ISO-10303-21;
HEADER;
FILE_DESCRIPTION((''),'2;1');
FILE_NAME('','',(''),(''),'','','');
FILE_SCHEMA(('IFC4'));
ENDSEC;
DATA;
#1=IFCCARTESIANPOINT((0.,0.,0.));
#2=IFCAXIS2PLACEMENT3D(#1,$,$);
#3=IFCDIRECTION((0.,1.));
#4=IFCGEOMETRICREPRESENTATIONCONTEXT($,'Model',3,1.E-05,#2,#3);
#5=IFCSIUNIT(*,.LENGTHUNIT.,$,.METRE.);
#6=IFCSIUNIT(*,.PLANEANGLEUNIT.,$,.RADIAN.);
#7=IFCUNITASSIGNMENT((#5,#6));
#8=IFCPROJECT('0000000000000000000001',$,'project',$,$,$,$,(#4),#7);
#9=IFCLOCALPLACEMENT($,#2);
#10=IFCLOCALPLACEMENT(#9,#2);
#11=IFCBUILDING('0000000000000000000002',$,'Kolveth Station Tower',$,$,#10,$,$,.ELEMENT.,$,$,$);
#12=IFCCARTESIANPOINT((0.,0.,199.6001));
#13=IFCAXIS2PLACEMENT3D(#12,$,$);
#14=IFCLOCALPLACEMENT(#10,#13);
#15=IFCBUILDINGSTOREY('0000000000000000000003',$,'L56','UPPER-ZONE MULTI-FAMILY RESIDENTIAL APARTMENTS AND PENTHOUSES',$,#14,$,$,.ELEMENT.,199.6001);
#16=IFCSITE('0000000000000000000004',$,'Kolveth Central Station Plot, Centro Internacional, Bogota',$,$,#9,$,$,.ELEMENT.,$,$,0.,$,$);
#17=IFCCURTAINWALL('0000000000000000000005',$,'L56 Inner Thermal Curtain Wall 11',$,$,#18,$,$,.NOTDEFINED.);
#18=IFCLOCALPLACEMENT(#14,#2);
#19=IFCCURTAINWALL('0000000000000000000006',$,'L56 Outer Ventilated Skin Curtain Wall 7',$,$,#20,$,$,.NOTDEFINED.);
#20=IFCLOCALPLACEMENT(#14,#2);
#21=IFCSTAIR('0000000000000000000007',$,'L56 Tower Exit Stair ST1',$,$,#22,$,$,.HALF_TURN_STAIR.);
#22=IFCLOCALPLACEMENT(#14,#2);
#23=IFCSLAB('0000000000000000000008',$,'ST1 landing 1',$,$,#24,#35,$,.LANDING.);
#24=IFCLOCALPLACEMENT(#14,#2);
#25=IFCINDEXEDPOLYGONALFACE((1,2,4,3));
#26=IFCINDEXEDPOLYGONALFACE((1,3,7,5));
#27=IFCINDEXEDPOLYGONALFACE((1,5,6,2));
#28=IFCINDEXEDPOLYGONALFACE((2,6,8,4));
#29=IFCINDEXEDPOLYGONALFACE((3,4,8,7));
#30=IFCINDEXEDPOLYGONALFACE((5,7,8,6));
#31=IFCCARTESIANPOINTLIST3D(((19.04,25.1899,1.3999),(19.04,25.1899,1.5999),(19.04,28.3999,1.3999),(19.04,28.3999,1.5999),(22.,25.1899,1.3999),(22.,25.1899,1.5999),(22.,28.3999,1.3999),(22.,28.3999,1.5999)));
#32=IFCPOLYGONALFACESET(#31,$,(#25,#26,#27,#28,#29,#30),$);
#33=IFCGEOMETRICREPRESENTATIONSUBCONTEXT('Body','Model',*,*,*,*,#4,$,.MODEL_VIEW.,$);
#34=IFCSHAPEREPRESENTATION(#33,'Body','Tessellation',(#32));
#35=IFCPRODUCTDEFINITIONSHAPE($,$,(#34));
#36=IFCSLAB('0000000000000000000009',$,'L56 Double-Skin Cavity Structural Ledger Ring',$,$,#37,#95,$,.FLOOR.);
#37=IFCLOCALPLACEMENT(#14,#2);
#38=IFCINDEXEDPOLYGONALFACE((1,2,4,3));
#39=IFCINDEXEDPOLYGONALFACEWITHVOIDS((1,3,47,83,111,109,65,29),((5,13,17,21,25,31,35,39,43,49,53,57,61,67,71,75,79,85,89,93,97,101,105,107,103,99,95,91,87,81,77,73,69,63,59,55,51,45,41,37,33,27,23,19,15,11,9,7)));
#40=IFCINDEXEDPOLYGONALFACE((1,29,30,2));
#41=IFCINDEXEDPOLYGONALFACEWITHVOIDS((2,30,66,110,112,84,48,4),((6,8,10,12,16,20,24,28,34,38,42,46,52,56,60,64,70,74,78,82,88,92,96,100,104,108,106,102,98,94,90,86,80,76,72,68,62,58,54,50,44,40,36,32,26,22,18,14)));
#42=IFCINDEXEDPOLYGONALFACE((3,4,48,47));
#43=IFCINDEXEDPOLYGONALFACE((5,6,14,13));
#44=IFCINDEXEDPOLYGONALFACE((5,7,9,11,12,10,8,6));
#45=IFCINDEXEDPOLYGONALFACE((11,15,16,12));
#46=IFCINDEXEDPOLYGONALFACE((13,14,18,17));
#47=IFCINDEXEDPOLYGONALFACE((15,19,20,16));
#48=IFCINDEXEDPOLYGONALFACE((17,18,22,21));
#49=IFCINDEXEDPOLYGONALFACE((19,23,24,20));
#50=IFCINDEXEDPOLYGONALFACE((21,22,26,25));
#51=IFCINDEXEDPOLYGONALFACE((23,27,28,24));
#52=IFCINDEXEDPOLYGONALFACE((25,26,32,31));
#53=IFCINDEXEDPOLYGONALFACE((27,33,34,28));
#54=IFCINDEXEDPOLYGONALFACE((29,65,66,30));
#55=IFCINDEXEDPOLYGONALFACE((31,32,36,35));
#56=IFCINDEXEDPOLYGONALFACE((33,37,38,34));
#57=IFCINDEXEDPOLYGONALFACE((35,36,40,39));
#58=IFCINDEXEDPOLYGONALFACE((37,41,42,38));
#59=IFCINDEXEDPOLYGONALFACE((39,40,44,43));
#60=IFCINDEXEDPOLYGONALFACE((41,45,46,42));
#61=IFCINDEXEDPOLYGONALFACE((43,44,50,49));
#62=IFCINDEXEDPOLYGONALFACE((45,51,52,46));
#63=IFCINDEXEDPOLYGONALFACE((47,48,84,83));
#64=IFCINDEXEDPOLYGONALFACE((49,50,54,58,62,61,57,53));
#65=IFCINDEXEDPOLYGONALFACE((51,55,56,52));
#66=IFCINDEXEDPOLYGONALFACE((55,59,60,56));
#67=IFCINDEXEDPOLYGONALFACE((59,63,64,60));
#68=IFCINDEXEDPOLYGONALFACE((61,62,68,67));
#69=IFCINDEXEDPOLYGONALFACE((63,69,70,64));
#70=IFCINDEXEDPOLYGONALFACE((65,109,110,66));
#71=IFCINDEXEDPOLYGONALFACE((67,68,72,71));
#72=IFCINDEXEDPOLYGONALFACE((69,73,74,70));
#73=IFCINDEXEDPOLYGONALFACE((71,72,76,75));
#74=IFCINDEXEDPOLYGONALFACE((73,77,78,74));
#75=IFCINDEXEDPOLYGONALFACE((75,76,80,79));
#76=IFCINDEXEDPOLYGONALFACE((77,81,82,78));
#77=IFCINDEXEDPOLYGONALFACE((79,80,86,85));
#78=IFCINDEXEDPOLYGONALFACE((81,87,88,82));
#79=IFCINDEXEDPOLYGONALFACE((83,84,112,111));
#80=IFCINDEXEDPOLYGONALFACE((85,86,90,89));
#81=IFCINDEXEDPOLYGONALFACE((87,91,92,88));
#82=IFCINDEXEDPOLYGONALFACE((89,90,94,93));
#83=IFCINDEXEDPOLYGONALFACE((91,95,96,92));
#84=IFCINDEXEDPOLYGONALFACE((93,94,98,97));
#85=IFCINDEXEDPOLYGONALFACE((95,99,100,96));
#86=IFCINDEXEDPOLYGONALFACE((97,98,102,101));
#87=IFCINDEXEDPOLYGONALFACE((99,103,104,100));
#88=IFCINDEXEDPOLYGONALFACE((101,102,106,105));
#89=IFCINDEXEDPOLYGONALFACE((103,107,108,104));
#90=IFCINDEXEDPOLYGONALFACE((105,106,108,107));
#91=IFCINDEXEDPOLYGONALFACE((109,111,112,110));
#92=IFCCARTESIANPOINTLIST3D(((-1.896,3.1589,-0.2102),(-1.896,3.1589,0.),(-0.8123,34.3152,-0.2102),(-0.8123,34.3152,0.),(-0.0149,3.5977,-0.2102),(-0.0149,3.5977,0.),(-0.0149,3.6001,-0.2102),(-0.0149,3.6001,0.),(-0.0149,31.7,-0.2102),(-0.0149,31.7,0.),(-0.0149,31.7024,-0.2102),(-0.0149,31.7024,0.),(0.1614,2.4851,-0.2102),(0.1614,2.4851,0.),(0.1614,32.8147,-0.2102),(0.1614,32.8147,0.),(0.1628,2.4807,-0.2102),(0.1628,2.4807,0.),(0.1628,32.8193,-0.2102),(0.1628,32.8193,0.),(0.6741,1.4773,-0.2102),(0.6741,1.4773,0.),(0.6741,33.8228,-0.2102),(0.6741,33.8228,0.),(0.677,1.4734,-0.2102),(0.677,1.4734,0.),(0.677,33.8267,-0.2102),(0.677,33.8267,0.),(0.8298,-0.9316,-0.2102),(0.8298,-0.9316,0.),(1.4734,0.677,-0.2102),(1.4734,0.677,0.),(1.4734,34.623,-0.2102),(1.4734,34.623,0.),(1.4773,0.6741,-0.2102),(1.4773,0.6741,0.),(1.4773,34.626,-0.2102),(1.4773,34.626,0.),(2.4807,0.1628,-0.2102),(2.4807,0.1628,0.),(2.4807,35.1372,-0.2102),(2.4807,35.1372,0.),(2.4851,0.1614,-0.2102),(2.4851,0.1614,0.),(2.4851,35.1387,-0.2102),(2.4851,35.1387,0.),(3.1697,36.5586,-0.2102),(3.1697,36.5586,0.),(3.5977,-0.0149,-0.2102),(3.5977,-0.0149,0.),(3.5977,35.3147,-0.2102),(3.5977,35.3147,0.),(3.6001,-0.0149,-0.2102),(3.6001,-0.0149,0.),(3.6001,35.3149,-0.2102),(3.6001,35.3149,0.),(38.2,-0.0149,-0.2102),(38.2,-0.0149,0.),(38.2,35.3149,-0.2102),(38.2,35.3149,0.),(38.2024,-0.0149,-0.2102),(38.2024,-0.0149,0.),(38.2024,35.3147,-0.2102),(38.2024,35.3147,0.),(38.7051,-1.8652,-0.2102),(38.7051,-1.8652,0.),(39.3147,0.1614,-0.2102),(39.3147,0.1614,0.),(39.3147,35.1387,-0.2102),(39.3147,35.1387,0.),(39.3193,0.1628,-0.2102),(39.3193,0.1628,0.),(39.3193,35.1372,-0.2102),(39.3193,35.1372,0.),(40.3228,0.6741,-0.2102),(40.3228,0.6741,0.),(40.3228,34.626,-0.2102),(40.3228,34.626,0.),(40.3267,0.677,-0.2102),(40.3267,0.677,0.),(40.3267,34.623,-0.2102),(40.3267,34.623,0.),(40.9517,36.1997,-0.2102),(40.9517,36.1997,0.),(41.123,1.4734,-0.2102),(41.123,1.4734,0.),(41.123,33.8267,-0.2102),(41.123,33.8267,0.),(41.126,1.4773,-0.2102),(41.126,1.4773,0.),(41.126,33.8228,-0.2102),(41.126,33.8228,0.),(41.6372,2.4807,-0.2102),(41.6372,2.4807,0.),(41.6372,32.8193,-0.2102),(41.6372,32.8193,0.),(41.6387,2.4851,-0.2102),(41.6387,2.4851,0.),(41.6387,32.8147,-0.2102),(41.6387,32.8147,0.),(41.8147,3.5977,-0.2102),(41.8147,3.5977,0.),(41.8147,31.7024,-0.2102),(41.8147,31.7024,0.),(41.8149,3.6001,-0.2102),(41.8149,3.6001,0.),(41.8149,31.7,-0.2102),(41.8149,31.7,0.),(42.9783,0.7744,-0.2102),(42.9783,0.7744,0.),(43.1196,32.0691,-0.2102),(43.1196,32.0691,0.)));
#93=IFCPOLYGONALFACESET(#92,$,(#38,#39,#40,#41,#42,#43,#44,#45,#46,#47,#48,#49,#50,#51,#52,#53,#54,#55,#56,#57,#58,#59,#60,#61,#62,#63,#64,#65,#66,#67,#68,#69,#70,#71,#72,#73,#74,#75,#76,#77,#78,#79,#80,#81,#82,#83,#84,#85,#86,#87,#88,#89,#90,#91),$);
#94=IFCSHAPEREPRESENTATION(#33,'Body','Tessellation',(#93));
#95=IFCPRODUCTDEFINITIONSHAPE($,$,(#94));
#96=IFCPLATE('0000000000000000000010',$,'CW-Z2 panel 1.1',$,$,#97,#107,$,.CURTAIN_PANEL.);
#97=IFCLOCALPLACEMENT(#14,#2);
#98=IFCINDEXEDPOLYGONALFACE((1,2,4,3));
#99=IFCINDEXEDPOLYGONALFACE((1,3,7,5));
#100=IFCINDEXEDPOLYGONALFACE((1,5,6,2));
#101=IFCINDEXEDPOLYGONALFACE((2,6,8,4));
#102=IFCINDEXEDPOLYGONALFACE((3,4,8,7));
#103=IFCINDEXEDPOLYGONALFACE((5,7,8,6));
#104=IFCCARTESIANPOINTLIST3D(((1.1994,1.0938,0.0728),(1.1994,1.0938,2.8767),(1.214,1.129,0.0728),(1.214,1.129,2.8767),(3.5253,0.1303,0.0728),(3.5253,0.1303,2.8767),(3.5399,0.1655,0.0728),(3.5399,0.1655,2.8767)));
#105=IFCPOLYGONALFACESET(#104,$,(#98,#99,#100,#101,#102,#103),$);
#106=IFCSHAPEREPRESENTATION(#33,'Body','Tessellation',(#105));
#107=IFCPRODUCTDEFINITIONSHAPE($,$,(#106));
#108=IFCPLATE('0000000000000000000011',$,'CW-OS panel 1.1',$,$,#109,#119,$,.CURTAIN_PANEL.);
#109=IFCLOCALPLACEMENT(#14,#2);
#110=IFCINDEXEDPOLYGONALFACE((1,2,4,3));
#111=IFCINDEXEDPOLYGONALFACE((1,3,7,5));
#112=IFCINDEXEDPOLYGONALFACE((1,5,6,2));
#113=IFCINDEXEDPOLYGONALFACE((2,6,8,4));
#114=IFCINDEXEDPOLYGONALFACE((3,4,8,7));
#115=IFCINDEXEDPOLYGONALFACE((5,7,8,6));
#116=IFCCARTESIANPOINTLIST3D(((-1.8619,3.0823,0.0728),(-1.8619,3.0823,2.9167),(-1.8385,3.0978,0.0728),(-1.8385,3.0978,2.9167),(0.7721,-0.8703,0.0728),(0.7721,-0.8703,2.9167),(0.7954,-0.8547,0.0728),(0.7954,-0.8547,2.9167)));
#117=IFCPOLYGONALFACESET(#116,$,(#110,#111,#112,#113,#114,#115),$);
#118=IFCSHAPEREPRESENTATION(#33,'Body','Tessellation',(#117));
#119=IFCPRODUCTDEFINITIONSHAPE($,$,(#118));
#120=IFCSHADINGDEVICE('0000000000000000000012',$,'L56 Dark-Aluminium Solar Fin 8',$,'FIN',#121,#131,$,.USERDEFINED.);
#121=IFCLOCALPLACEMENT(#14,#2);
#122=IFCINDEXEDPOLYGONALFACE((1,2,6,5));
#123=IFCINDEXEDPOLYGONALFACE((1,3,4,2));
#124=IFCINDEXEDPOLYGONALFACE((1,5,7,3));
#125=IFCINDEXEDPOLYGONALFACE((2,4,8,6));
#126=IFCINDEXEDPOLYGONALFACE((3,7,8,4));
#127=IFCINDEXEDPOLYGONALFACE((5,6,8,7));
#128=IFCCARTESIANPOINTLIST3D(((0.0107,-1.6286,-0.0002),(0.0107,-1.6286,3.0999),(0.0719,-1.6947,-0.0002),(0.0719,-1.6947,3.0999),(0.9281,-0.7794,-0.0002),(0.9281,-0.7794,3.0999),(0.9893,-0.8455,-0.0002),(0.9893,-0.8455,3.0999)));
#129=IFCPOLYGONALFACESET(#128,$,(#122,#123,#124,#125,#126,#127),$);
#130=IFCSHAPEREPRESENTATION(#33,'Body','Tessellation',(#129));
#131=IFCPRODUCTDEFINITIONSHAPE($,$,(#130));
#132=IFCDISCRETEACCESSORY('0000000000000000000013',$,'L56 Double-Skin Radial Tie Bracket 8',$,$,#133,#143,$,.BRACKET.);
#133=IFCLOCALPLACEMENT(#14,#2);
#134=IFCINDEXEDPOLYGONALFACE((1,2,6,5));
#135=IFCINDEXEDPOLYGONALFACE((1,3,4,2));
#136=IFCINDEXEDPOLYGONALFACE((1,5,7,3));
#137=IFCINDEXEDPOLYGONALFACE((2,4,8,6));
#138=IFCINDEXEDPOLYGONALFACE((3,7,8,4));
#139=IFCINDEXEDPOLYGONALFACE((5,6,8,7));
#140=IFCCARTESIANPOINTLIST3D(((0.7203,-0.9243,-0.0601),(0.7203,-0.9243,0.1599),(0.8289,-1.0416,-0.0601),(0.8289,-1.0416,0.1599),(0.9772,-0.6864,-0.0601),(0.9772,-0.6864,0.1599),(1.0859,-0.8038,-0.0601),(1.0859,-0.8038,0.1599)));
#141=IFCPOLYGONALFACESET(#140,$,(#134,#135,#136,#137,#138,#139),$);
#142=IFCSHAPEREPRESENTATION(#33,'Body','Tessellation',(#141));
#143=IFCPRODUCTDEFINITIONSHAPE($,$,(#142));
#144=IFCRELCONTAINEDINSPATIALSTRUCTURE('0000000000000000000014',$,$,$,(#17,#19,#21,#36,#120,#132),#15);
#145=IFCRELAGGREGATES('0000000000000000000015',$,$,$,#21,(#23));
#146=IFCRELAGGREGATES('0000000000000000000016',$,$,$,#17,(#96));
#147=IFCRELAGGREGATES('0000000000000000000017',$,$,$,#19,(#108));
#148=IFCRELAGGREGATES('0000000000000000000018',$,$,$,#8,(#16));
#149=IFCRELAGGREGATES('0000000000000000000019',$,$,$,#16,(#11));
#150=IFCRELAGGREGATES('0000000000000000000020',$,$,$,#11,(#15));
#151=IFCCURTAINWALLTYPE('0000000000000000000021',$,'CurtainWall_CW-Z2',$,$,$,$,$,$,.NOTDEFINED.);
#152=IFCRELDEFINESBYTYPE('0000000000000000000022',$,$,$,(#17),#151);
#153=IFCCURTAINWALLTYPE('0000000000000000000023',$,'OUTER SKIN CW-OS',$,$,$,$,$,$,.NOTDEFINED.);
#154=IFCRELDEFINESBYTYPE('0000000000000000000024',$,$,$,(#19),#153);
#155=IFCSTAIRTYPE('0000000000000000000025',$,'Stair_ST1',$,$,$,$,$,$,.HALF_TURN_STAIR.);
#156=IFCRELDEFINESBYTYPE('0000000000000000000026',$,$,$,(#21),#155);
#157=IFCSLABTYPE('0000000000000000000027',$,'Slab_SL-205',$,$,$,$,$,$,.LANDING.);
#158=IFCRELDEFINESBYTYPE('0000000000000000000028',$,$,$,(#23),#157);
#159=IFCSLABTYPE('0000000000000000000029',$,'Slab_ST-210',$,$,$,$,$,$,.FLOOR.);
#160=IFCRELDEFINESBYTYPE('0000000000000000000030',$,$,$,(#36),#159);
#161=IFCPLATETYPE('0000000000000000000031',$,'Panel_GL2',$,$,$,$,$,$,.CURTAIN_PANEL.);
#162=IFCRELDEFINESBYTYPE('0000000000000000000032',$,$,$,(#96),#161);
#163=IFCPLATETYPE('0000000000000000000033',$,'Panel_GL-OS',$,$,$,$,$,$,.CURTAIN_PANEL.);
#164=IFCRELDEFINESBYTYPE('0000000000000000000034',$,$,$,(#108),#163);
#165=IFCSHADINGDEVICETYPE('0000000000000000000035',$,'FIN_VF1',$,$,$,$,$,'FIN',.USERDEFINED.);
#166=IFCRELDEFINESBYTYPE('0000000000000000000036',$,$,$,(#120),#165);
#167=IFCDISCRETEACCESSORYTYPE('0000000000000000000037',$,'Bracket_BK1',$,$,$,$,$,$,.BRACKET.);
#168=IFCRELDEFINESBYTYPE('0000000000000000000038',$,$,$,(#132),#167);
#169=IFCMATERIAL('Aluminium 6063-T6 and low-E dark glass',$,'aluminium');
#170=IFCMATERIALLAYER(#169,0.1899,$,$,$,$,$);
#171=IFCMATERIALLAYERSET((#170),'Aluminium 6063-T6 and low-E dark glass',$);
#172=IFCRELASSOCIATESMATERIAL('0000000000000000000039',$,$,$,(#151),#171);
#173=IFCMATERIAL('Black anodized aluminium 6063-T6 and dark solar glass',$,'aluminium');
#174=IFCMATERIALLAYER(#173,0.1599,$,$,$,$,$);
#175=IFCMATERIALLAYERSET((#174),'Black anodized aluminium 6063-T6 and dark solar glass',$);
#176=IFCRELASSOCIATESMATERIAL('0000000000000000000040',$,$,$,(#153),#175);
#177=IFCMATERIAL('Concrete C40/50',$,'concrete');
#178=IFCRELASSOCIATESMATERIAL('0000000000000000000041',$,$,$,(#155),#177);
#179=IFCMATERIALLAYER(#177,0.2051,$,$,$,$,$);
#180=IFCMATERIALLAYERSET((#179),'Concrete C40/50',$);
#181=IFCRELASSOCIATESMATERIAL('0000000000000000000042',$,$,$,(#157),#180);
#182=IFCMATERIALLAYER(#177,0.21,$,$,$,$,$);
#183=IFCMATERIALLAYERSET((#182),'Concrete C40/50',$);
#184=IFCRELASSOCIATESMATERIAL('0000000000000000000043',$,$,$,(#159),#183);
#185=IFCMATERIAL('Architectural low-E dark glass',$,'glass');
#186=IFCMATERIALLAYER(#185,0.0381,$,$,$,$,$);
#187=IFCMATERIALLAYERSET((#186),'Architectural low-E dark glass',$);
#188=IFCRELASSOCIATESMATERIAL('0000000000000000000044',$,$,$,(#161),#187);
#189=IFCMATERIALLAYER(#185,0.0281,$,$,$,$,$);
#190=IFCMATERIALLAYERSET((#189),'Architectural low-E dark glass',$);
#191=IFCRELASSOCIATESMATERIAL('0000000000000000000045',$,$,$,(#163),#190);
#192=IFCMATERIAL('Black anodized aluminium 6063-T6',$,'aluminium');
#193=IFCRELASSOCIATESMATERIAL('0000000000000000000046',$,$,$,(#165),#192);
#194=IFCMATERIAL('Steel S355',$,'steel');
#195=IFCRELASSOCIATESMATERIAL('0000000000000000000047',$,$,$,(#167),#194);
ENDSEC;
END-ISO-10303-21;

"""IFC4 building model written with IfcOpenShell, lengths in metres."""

from ifc_helpers import new_model, si_unit, direction, frame, origin, origin_2d, place, context, subcontext, project, spatial, polyline, rectangle, outline, extrude, source, transform, mapped, material, layer, layer_set, type_object, element, aggregate, save


model = new_model("IFC4")

# Units and contexts
model_context = context("Model", 3, precision=1e-05, world=origin(), true_north=direction((0.0, 1.0)))
body_context = subcontext(model_context, "Body", "Model", "MODEL_VIEW")
ifc_project = project(units=[si_unit("LENGTHUNIT", "METRE"), si_unit("PLANEANGLEUNIT", "RADIAN")], contexts=[model_context])

# Site, building, storey
site_placement = place(None, origin())
site = spatial("IfcSite", under=ifc_project, at=site_placement, Name="Kolveth Central Station Plot, Centro Internacional, Bogota", CompositionType="ELEMENT", RefElevation=0.0)
building_placement = place(site_placement, origin())
building = spatial("IfcBuilding", under=site, at=building_placement, Name="Kolveth Station Tower", CompositionType="ELEMENT")
storey_placement = place(building_placement, frame((0.0, 0.0, 199.6001)))
storey = spatial("IfcBuildingStorey", under=building, at=storey_placement, Name="L56", Description="UPPER-ZONE MULTI-FAMILY RESIDENTIAL APARTMENTS AND PENTHOUSES", CompositionType="ELEMENT", Elevation=199.6001)

# Shared definitions
ifc_material_1 = material(Name="Steel S355", Category="steel")

# Shared definitions
ifc_material_2 = material(Name="Aluminium 6063-T6 and low-E dark glass", Category="aluminium")
ifc_layer_1 = layer(ifc_material_2, 0.1899)
ifc_layer_set_1 = layer_set([ifc_layer_1], Name="Aluminium 6063-T6 and low-E dark glass")
curtain_wall_type_1 = type_object("IfcCurtainWallType", Name="CurtainWall_CW-Z2", PredefinedType="NOTDEFINED", material=ifc_layer_set_1)
ifc_material_3 = material(Name="Black anodized aluminium 6063-T6", Category="aluminium")

# Curtain wall
curtain_wall_1_placement = place(storey_placement, origin())
curtain_wall_1 = element("IfcCurtainWall", 1, at=curtain_wall_1_placement, inside=storey, type_object=curtain_wall_type_1, Name="L56 Inner Thermal Curtain Wall 11", PredefinedType="NOTDEFINED")

# Curtain wall
ifc_material_4 = material(Name="Black anodized aluminium 6063-T6 and dark solar glass", Category="aluminium")
ifc_layer_2 = layer(ifc_material_4, 0.1599)
ifc_layer_set_2 = layer_set([ifc_layer_2], Name="Black anodized aluminium 6063-T6 and dark solar glass")
curtain_wall_type_2 = type_object("IfcCurtainWallType", Name="OUTER SKIN CW-OS", PredefinedType="NOTDEFINED", material=ifc_layer_set_2)
curtain_wall_2_placement = place(storey_placement, origin())
curtain_wall_2 = element("IfcCurtainWall", 2, at=curtain_wall_2_placement, inside=storey, type_object=curtain_wall_type_2, Name="L56 Outer Ventilated Skin Curtain Wall 7", PredefinedType="NOTDEFINED")

# Shared definitions
ifc_material_5 = material(Name="Concrete C40/50", Category="concrete")

# Stair, slab
stair_type_1 = type_object("IfcStairType", Name="Stair_ST1", PredefinedType="HALF_TURN_STAIR", material=ifc_material_5)
stair_1_placement = place(storey_placement, origin())
stair_1 = element("IfcStair", 3, at=stair_1_placement, inside=storey, type_object=stair_type_1, Name="L56 Tower Exit Stair ST1", PredefinedType="HALF_TURN_STAIR")
ifc_layer_3 = layer(ifc_material_5, 0.2051)
ifc_layer_set_3 = layer_set([ifc_layer_3], Name="Concrete C40/50")
slab_type_1 = type_object("IfcSlabType", Name="Slab_SL-205", PredefinedType="LANDING", material=ifc_layer_set_3)
slab_1_placement = place(storey_placement, frame((0.0, 0.0, 1.3999)))
slab_1 = element("IfcSlab", 4, at=slab_1_placement, type_object=slab_type_1, Name="ST1 landing 1", PredefinedType="LANDING", context=body_context, shape_type="SweptSolid", body=[
    extrude(outline(polyline([(22.0, 25.1899), (22.0, 28.3999), (19.04, 28.3999), (19.04, 25.1899), (22.0, 25.1899)])), origin(), (0.0, 0.0, 1.0), 0.2),
])
aggregate(stair_1, [slab_1])

# Slab
ifc_layer_4 = layer(ifc_material_5, 0.21)
ifc_layer_set_4 = layer_set([ifc_layer_4], Name="Concrete C40/50")
slab_type_2 = type_object("IfcSlabType", Name="Slab_ST-210", PredefinedType="FLOOR", material=ifc_layer_set_4)
slab_2_placement = place(storey_placement, frame((0.0, 0.0, -0.2102)))
element("IfcSlab", 5, at=slab_2_placement, inside=storey, type_object=slab_type_2, Name="L56 Double-Skin Cavity Structural Ledger Ring", PredefinedType="FLOOR", context=body_context, shape_type="SweptSolid", body=[
    extrude(outline(polyline([(0.8298, -0.9316), (-1.896, 3.1589), (-0.8123, 34.3152), (3.1697, 36.5586), (40.9517, 36.1997), (43.1196, 32.0691), (42.9783, 0.7744), (38.7051, -1.8652), (0.8298, -0.9316)]), holes=[polyline([(38.2024, -0.0149), (39.3147, 0.1614), (39.3193, 0.1628), (40.3228, 0.6741), (40.3267, 0.677), (41.123, 1.4734), (41.126, 1.4773), (41.6372, 2.4807), (41.6387, 2.4851), (41.8147, 3.5977), (41.8149, 3.6001), (41.8149, 31.7), (41.8147, 31.7024), (41.6387, 32.8147), (41.6372, 32.8193), (41.126, 33.8228), (41.123, 33.8267), (40.3267, 34.623), (40.3228, 34.626), (39.3193, 35.1372), (39.3147, 35.1387), (38.2024, 35.3147), (38.2, 35.3149), (3.6001, 35.3149), (3.5977, 35.3147), (2.4851, 35.1387), (2.4807, 35.1372), (1.4773, 34.626), (1.4734, 34.623), (0.677, 33.8267), (0.6741, 33.8228), (0.1628, 32.8193), (0.1614, 32.8147), (-0.0149, 31.7024), (-0.0149, 31.7), (-0.0149, 3.6001), (-0.0149, 3.5977), (0.1614, 2.4851), (0.1628, 2.4807), (0.6741, 1.4773), (0.677, 1.4734), (1.4734, 0.677), (1.4773, 0.6741), (2.4807, 0.1628), (2.4851, 0.1614), (3.5977, -0.0149), (3.6001, -0.0149), (38.2, -0.0149), (38.2024, -0.0149)])]), origin(), (0.0, 0.0, 1.0), 0.2102),
])

# Plates
ifc_material_6 = material(Name="Architectural low-E dark glass", Category="glass")
ifc_layer_5 = layer(ifc_material_6, 0.0381)
ifc_layer_set_5 = layer_set([ifc_layer_5], Name="Architectural low-E dark glass")
plate_type_1 = type_object("IfcPlateType", Name="Panel_GL2", PredefinedType="CURTAIN_PANEL", material=ifc_layer_set_5)
shared_shape_1 = source(origin(), body_context, "Body", "SweptSolid", [
    extrude(rectangle(XDim=2.5176, YDim=0.0381, at=origin_2d()), origin(), (0.0, 0.0, 1.0), 2.804),
])
plate_1_placement = place(storey_placement, frame((2.3696, 0.6296, 0.0728), z_axis=(0.0, 0.0, 1.0), x_axis=(0.923874, -0.382698, 0.0)))
plate_1 = element("IfcPlate", 6, at=plate_1_placement, type_object=plate_type_1, Name="CW-Z2 panel 1.1", PredefinedType="CURTAIN_PANEL", context=body_context, shape_type="MappedRepresentation", body=[
    mapped(shared_shape_1, transform((0.0, 0.0, 0.0), x_axis=(1.0, 0.0, 0.0), y_axis=(0.0, 1.0, 0.0), z_axis=(0.0, 0.0, 1.0), scale=1.0)),
])
aggregate(curtain_wall_1, [plate_1])
ifc_layer_6 = layer(ifc_material_6, 0.0281)
ifc_layer_set_6 = layer_set([ifc_layer_6], Name="Architectural low-E dark glass")
plate_type_2 = type_object("IfcPlateType", Name="Panel_GL-OS", PredefinedType="CURTAIN_PANEL", material=ifc_layer_set_6)
shared_shape_2 = source(origin(), body_context, "Body", "SweptSolid", [
    extrude(rectangle(XDim=4.7498, YDim=0.0281, at=origin_2d()), origin(), (0.0, 0.0, 1.0), 2.844),
])
plate_2_placement = place(storey_placement, frame((-0.5332, 1.1138, 0.0728), z_axis=(0.0, 0.0, 1.0), x_axis=(0.554541, -0.832157, 0.0)))
plate_2 = element("IfcPlate", 7, at=plate_2_placement, type_object=plate_type_2, Name="CW-OS panel 1.1", PredefinedType="CURTAIN_PANEL", context=body_context, shape_type="MappedRepresentation", body=[
    mapped(shared_shape_2, transform((0.0, 0.0, 0.0), x_axis=(1.0, 0.0, 0.0), y_axis=(0.0, 1.0, 0.0), z_axis=(0.0, 0.0, 1.0), scale=1.0)),
])
aggregate(curtain_wall_2, [plate_2])

# Shading device
shading_device_type = type_object("IfcShadingDeviceType", Name="FIN_VF1", ElementType="FIN", PredefinedType="USERDEFINED", material=ifc_material_3)
shared_shape_3 = source(origin(), body_context, "Body", "SweptSolid", [
    extrude(rectangle(XDim=1.25, YDim=0.0901, at=origin_2d()), origin(), (0.0, 0.0, 1.0), 3.1001),
])
shading_device_placement = place(storey_placement, frame((0.5, -1.2371, -0.0002), z_axis=(0.0, 0.0, 1.0), x_axis=(-0.733848, -0.679313, 0.0)))
element("IfcShadingDevice", 8, at=shading_device_placement, inside=storey, type_object=shading_device_type, Name="L56 Dark-Aluminium Solar Fin 8", ObjectType="FIN", PredefinedType="USERDEFINED", context=body_context, shape_type="MappedRepresentation", body=[
    mapped(shared_shape_3, transform((0.0, 0.0, 0.0), x_axis=(1.0, 0.0, 0.0), y_axis=(0.0, 1.0, 0.0), z_axis=(0.0, 0.0, 1.0), scale=1.0)),
])

# Discrete accessory
discrete_accessory_type = type_object("IfcDiscreteAccessoryType", Name="Bracket_BK1", PredefinedType="BRACKET", material=ifc_material_1)
shared_shape_4 = source(origin(), body_context, "Body", "SweptSolid", [
    extrude(rectangle(XDim=0.3501, YDim=0.1599, at=origin_2d()), origin(), (0.0, 0.0, 1.0), 0.22),
])
discrete_accessory_placement = place(storey_placement, frame((0.9031, -0.864, -0.0601), z_axis=(0.0, 0.0, 1.0), x_axis=(-0.733848, -0.679313, 0.0)))
element("IfcDiscreteAccessory", 9, at=discrete_accessory_placement, inside=storey, type_object=discrete_accessory_type, Name="L56 Double-Skin Radial Tie Bracket 8", PredefinedType="BRACKET", context=body_context, shape_type="MappedRepresentation", body=[
    mapped(shared_shape_4, transform((0.0, 0.0, 0.0), x_axis=(1.0, 0.0, 0.0), y_axis=(0.0, 1.0, 0.0), z_axis=(0.0, 0.0, 1.0), scale=1.0)),
])

save(model, "model.ifc")
